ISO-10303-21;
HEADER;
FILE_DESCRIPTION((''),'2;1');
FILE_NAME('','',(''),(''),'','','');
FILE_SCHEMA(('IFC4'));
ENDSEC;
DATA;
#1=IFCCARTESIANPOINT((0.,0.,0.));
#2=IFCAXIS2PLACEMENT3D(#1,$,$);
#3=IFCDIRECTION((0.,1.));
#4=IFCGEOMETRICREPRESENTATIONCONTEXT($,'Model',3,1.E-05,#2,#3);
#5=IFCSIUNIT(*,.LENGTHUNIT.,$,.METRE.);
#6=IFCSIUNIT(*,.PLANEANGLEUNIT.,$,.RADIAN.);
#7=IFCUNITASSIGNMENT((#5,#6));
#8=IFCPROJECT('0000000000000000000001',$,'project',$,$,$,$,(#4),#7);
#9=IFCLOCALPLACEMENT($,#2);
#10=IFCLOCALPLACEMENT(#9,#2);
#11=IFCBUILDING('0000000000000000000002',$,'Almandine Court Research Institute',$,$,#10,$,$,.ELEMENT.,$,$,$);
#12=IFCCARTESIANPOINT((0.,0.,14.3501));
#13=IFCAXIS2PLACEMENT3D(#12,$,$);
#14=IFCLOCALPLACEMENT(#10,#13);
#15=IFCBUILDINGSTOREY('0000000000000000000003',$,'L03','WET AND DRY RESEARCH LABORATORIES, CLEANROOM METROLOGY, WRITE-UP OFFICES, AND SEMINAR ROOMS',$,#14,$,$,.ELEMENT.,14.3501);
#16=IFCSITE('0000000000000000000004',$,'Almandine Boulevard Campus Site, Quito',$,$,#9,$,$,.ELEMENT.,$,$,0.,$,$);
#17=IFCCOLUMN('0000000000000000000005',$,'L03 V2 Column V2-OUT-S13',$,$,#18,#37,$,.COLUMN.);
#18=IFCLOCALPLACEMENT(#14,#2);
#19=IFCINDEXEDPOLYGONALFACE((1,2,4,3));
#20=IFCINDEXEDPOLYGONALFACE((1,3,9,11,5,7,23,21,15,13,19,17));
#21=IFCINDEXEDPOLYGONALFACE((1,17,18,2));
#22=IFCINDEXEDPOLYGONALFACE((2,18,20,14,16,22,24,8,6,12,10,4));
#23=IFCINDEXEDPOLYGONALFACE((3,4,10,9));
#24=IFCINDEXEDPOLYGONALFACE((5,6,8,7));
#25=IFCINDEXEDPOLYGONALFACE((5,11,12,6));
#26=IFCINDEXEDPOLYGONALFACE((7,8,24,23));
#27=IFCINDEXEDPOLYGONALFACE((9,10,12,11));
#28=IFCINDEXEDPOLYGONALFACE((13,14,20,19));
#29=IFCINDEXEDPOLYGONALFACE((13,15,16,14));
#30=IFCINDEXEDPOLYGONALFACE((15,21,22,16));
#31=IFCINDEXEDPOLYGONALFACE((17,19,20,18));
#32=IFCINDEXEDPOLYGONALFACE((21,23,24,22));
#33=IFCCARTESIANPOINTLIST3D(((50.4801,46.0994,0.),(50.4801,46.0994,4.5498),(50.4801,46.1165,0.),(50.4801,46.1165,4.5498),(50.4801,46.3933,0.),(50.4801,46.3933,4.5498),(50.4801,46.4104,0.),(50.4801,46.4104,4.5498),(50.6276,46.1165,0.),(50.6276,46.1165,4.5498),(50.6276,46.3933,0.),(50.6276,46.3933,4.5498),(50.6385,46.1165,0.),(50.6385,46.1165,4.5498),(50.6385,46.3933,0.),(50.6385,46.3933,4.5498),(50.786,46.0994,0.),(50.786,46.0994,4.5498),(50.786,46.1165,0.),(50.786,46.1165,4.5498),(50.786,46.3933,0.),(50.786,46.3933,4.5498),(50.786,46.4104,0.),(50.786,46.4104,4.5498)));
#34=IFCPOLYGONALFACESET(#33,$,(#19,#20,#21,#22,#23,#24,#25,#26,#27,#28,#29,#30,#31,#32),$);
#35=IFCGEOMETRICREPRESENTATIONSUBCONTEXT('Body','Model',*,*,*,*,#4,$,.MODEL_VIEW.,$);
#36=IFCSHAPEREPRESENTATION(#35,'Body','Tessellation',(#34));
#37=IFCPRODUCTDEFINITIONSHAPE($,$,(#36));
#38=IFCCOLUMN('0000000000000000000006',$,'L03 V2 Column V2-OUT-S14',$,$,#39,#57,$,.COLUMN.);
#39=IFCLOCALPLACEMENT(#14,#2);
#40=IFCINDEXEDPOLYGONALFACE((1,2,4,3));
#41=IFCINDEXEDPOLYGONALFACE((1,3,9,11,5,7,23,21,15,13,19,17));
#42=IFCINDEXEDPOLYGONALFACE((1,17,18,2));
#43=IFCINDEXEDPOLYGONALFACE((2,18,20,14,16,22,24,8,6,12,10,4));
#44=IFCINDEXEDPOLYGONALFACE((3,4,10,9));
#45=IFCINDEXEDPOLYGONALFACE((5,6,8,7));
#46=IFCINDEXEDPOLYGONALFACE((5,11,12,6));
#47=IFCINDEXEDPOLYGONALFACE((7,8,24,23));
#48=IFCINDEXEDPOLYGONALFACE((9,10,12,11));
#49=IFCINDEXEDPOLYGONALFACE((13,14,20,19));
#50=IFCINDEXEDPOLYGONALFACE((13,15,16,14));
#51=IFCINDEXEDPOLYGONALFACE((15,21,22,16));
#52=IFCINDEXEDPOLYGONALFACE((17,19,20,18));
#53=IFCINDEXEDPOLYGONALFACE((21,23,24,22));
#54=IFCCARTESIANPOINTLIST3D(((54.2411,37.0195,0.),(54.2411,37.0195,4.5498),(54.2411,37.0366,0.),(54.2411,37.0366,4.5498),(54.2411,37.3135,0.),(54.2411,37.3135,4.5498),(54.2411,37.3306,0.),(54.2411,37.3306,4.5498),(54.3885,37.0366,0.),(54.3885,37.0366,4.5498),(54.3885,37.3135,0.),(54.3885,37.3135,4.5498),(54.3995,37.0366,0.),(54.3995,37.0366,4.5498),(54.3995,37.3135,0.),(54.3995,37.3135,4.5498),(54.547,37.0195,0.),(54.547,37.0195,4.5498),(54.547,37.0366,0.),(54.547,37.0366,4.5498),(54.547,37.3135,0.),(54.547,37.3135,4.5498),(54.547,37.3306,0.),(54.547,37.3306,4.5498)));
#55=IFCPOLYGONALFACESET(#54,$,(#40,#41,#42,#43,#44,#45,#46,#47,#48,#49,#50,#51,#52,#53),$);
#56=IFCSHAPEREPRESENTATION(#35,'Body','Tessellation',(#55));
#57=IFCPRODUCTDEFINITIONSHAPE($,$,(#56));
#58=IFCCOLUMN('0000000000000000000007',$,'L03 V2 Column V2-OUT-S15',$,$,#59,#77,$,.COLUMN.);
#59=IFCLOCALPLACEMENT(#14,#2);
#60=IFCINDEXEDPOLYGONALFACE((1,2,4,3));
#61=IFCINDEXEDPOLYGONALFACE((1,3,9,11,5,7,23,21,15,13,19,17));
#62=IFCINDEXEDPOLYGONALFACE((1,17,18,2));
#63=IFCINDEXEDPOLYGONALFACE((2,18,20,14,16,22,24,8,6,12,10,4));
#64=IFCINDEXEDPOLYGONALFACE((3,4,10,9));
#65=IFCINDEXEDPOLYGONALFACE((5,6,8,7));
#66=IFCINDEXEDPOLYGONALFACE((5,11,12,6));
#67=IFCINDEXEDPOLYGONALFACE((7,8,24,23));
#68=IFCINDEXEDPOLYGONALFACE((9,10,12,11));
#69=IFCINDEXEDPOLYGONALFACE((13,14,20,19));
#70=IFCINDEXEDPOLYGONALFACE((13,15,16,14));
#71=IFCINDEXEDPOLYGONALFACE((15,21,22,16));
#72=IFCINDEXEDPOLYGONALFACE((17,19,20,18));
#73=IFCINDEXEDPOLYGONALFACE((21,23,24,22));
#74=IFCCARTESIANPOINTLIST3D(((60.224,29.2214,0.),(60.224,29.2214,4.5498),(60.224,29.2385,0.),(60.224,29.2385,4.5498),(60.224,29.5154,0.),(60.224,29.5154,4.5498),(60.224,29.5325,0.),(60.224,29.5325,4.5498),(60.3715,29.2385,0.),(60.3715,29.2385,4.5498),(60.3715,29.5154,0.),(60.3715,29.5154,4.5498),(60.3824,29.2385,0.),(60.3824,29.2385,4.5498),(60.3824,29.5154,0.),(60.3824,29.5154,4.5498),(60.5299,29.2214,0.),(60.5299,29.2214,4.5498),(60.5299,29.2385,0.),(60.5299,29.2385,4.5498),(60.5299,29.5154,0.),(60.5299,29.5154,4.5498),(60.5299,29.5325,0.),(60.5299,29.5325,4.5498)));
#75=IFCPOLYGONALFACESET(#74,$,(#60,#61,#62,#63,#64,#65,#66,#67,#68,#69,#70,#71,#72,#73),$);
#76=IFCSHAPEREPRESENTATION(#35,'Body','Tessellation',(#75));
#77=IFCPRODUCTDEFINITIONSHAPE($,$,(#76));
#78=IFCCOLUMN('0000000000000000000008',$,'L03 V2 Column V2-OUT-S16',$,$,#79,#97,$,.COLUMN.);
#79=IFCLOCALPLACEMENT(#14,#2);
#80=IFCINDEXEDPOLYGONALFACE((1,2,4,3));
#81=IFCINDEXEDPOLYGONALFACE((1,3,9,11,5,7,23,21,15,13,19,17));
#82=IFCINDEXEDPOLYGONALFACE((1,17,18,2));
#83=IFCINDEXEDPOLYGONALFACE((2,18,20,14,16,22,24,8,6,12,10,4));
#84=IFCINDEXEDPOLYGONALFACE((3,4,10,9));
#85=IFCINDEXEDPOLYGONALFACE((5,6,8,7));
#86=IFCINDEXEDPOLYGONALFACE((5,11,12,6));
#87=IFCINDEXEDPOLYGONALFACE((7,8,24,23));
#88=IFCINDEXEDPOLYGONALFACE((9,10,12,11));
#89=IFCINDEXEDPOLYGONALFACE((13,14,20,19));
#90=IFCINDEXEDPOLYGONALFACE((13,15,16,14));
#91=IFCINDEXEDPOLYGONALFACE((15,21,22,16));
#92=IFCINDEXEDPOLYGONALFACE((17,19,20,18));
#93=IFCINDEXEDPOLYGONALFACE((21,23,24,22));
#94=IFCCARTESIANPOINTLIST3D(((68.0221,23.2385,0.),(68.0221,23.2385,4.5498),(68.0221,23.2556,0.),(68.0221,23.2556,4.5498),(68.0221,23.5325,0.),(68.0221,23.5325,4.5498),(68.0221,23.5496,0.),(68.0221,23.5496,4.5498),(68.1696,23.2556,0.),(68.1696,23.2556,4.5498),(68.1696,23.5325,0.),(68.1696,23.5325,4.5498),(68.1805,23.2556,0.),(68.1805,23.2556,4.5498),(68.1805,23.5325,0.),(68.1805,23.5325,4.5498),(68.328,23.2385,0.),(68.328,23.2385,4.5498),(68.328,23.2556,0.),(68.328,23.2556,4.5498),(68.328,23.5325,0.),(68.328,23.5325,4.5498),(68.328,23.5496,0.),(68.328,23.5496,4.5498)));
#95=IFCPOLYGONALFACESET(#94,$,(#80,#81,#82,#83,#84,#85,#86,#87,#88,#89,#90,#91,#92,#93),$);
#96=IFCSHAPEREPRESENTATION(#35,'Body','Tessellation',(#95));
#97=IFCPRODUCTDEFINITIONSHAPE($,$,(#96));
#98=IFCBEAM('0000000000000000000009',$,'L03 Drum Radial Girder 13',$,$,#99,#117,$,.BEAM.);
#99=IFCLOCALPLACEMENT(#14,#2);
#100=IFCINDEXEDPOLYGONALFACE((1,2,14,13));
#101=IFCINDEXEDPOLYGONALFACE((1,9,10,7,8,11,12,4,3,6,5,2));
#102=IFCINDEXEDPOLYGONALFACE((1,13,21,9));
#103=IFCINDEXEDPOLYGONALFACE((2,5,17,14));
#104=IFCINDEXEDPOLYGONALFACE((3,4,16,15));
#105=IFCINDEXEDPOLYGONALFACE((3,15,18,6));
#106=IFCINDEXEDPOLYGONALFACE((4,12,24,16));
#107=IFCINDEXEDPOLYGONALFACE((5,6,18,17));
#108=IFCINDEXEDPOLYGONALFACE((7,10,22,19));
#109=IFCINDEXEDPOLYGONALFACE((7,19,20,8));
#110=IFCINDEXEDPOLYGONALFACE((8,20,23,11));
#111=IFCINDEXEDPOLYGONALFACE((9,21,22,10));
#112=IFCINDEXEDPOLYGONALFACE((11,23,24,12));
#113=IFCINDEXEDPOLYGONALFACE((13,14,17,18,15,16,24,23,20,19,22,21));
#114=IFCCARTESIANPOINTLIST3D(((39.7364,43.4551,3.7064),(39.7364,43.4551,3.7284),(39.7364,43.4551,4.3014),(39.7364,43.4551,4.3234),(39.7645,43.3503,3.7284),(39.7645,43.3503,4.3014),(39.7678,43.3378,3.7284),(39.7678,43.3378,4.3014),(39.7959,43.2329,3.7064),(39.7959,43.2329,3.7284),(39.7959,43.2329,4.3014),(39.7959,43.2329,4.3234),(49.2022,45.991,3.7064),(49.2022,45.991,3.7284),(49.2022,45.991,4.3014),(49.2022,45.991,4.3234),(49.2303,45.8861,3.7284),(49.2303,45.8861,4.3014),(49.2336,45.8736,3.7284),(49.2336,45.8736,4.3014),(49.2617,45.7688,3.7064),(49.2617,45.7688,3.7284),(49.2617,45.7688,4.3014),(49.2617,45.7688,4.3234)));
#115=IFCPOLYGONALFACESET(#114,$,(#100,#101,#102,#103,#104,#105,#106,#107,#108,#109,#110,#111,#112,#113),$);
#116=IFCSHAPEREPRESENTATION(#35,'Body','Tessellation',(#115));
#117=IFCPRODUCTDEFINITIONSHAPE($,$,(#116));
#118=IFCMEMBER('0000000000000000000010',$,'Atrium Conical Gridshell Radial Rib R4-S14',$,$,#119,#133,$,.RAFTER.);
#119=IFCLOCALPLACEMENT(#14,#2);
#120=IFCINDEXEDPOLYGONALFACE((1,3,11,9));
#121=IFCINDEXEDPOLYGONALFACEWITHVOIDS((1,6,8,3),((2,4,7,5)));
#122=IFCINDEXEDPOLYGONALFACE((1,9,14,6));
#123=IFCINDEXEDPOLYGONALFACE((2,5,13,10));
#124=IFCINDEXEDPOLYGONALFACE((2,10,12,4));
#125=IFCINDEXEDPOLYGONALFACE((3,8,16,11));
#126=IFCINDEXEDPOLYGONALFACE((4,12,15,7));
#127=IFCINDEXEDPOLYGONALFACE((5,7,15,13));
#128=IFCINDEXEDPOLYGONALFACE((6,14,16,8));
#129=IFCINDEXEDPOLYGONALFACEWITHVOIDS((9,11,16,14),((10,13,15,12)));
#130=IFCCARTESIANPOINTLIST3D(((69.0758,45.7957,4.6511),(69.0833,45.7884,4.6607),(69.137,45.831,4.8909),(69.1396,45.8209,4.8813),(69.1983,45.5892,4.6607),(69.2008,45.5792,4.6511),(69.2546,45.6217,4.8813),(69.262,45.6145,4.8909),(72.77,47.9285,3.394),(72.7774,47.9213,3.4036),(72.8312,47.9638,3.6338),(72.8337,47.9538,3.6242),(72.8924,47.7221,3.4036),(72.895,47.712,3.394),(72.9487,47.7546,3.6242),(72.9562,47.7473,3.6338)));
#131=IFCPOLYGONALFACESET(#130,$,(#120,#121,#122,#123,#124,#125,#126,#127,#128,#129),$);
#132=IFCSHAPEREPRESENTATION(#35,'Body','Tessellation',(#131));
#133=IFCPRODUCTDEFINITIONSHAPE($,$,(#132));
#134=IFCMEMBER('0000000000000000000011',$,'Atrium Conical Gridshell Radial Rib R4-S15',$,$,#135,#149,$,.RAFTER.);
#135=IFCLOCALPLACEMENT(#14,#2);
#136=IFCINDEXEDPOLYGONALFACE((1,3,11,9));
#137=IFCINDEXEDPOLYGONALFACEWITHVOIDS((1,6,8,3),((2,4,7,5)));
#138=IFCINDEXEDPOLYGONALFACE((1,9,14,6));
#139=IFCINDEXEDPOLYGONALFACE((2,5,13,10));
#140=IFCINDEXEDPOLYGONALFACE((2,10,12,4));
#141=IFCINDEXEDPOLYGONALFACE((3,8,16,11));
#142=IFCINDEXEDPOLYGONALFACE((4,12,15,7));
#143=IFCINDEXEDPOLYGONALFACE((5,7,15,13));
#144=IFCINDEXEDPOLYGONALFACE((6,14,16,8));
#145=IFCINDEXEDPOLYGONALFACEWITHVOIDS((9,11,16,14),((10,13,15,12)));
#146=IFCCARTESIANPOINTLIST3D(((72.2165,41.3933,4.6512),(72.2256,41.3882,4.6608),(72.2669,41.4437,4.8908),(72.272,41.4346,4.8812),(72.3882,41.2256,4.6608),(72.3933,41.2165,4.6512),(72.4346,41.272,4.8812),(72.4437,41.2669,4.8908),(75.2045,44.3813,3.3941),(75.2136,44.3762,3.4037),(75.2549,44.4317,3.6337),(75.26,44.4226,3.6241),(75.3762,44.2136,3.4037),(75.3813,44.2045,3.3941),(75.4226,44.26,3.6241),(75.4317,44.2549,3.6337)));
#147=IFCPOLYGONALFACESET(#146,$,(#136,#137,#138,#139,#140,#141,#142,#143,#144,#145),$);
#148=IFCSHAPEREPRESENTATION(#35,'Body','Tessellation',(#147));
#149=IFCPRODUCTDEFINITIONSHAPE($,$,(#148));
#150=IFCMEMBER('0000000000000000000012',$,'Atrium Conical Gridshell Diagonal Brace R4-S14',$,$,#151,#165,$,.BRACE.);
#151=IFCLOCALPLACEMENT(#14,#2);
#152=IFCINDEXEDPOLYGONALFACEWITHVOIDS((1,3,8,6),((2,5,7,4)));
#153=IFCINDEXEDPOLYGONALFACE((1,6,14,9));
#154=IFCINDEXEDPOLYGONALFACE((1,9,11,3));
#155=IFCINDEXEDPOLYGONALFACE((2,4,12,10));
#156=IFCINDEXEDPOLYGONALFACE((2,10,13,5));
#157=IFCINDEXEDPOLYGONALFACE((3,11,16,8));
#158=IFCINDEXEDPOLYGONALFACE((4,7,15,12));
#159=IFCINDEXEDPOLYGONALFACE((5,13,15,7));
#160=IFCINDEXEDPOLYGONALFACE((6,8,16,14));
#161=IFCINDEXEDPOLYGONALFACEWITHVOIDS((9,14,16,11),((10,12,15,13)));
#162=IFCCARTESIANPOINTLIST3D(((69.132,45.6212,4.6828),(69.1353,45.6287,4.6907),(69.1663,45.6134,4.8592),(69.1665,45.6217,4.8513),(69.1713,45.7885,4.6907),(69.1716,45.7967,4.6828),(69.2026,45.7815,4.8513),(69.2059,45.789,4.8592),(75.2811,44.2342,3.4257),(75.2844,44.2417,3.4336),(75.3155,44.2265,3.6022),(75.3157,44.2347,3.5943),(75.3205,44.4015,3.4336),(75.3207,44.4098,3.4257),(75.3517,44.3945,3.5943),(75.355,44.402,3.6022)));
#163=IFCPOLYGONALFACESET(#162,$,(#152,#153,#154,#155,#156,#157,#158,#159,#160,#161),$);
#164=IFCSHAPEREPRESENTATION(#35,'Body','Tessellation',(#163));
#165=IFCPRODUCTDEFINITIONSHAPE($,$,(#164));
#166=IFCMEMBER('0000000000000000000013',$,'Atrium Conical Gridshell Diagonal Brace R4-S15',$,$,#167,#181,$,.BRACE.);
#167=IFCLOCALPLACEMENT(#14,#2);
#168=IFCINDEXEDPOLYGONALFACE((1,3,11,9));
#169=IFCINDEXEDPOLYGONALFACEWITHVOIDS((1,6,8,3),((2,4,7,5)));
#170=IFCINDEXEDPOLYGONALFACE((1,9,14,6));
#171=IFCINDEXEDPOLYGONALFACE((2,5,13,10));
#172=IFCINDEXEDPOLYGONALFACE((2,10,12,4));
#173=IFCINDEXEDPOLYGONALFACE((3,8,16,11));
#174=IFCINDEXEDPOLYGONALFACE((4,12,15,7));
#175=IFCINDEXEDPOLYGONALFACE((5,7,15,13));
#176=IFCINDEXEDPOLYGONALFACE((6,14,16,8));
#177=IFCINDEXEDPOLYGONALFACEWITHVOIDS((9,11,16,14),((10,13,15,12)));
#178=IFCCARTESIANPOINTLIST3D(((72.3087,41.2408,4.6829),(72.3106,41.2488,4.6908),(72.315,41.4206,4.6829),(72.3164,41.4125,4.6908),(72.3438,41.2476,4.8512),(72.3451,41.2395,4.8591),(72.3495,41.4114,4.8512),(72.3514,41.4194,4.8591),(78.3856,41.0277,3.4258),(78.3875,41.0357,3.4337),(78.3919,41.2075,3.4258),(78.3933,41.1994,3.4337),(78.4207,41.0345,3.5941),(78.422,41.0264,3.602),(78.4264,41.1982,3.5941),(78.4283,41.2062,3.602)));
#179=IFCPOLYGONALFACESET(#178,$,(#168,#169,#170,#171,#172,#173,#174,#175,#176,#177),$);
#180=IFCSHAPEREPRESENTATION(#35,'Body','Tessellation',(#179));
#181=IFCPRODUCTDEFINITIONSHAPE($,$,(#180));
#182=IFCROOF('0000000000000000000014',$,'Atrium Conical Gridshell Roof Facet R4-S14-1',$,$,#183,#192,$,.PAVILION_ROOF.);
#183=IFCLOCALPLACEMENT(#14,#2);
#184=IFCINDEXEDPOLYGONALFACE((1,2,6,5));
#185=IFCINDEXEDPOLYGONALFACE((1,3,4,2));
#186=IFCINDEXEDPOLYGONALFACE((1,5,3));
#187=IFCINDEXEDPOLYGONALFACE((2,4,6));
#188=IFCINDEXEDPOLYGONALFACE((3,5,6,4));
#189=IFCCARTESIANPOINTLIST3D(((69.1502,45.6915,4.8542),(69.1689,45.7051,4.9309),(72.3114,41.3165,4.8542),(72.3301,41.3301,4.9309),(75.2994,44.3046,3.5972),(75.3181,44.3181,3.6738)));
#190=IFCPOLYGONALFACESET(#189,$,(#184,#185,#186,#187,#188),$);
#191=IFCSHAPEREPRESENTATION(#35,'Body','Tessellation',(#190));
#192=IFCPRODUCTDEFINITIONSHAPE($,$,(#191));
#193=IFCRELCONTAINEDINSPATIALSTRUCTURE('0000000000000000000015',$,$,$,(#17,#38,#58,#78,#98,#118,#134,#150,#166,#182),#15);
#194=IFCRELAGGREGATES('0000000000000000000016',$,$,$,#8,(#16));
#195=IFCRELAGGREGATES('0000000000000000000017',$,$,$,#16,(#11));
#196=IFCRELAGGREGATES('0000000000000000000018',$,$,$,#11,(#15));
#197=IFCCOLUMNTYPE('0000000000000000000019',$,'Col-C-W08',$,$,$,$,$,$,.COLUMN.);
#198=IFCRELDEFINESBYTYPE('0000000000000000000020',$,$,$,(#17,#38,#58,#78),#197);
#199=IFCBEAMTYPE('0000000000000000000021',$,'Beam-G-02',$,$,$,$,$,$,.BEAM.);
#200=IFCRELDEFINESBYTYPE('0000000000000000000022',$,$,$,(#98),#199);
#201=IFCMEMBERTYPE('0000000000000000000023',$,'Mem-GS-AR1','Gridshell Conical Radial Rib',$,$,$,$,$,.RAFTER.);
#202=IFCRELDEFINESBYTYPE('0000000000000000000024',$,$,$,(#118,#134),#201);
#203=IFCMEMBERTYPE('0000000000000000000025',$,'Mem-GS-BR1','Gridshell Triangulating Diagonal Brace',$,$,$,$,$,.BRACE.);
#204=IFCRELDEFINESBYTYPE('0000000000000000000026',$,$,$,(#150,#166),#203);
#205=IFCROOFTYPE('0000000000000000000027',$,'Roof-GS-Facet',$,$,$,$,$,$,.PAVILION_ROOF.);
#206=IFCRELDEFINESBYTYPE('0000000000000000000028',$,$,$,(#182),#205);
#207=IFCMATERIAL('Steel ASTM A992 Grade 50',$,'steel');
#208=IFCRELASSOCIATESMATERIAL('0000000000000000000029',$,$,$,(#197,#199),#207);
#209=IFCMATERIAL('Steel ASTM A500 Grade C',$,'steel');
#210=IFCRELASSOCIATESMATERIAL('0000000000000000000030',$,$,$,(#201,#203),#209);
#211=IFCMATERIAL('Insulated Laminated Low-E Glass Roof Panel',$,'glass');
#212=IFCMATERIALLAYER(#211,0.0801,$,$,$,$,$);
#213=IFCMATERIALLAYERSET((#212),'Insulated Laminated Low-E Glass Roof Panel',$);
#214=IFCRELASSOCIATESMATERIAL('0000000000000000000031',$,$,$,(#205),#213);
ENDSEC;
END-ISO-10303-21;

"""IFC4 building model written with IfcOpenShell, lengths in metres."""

from ifc_helpers import new_model, si_unit, direction, frame, origin, origin_2d, place, context, subcontext, project, spatial, polyline, hollow_rectangle, i_section, outline, extrude, material, layer, layer_set, material_profile, profile_set, type_object, element, save


model = new_model("IFC4")

# Units and contexts
model_context = context("Model", 3, precision=1e-05, world=origin(), true_north=direction((0.0, 1.0)))
body_context = subcontext(model_context, "Body", "Model", "MODEL_VIEW")
ifc_project = project(units=[si_unit("LENGTHUNIT", "METRE"), si_unit("PLANEANGLEUNIT", "RADIAN")], contexts=[model_context])

# Site, building, storey
site_placement = place(None, origin())
site = spatial("IfcSite", under=ifc_project, at=site_placement, Name="Almandine Boulevard Campus Site, Quito", CompositionType="ELEMENT", RefElevation=0.0)
building_placement = place(site_placement, origin())
building = spatial("IfcBuilding", under=site, at=building_placement, Name="Almandine Court Research Institute", CompositionType="ELEMENT")
storey_placement = place(building_placement, frame((0.0, 0.0, 14.3501)))
storey = spatial("IfcBuildingStorey", under=building, at=storey_placement, Name="L03", Description="WET AND DRY RESEARCH LABORATORIES, CLEANROOM METROLOGY, WRITE-UP OFFICES, AND SEMINAR ROOMS", CompositionType="ELEMENT", Elevation=14.3501)

# Columns
ifc_material_1 = material(Name="Steel ASTM A992 Grade 50", Category="steel")
ifc_material_profile_1 = material_profile(ifc_material_1, i_section(OverallWidth=0.3059, OverallDepth=0.311, WebThickness=0.011, FlangeThickness=0.0171, at=origin_2d()), Name="W310x107")
ifc_profile_set_1 = profile_set([ifc_material_profile_1], Name="Steel ASTM A992 Grade 50")
column_type = type_object("IfcColumnType", Name="Col-C-W08", PredefinedType="COLUMN", material=ifc_profile_set_1)
for number, where, z_axis, x_axis, name in (
    (1, (50.6331, 46.2549, 0.0), (0.0, 0.0, 1.0), (1.0, 0.0, 0.0), "L03 V2 Column V2-OUT-S13"),
    (2, (54.394, 37.175, 0.0), (0.0, 0.0, 1.0), (1.0, 0.0, 0.0), "L03 V2 Column V2-OUT-S14"),
    (3, (60.377, 29.377, 0.0), (0.0, 0.0, 1.0), (1.0, 0.0, 0.0), "L03 V2 Column V2-OUT-S15"),
    (4, (68.175, 23.394, 0.0), (0.0, 0.0, 1.0), (1.0, 0.0, 0.0), "L03 V2 Column V2-OUT-S16"),
):
    element("IfcColumn", number, at=place(storey_placement, frame(where, z_axis=z_axis, x_axis=x_axis)), inside=storey, type_object=column_type, Name=name, PredefinedType="COLUMN", context=body_context, shape_type="SweptSolid", body=[
        extrude(i_section(OverallWidth=0.3059, OverallDepth=0.311, WebThickness=0.011, FlangeThickness=0.0171, at=origin_2d()), origin(), (0.0, 0.0, 1.0), 4.5498),
    ])

# Beam
ifc_material_profile_2 = material_profile(ifc_material_1, i_section(OverallWidth=0.23, OverallDepth=0.6169, WebThickness=0.0129, FlangeThickness=0.022, at=origin_2d()), Name="W610x140")
ifc_profile_set_2 = profile_set([ifc_material_profile_2], Name="Steel ASTM A992 Grade 50")
beam_type = type_object("IfcBeamType", Name="Beam-G-02", PredefinedType="BEAM", material=ifc_profile_set_2)
beam_placement = place(storey_placement, frame((49.2319, 45.8799, 4.0149), z_axis=(-0.965938, -0.258774, 0.0), x_axis=(0.258774, -0.965938, 0.0)))
element("IfcBeam", 5, at=beam_placement, inside=storey, type_object=beam_type, Name="L03 Drum Radial Girder 13", PredefinedType="BEAM", context=body_context, shape_type="SweptSolid", body=[
    extrude(i_section(OverallWidth=0.23, OverallDepth=0.6169, WebThickness=0.0129, FlangeThickness=0.022, at=origin_2d()), origin(), (0.0, 0.0, 1.0), 9.7996),
])

# Members
ifc_material_2 = material(Name="Steel ASTM A500 Grade C", Category="steel")
ifc_material_profile_3 = material_profile(ifc_material_2, hollow_rectangle(XDim=0.25, YDim=0.25, WallThickness=0.01, at=origin_2d()), Name="HSS 250x250x10")
ifc_profile_set_3 = profile_set([ifc_material_profile_3], Name="Steel ASTM A500 Grade C")
member_type_1 = type_object("IfcMemberType", Name="Mem-GS-AR1", Description="Gridshell Conical Radial Rib", PredefinedType="RAFTER", material=ifc_profile_set_3)
member_1_placement = place(storey_placement, frame((69.1689, 45.7051, 4.771), z_axis=(0.8307, 0.479611, -0.282683), x_axis=(-0.500005, 0.866023, 0.0)))
element("IfcMember", 6, at=member_1_placement, inside=storey, type_object=member_type_1, Name="Atrium Conical Gridshell Radial Rib R4-S14", PredefinedType="RAFTER", context=body_context, shape_type="SweptSolid", body=[
    extrude(hollow_rectangle(XDim=0.25, YDim=0.25, WallThickness=0.01, at=origin_2d()), origin(), (0.0, 0.0, 1.0), 4.447),
])
member_2_placement = place(storey_placement, frame((72.3301, 41.3301, 4.771), z_axis=(0.677753, 0.677753, -0.285134), x_axis=(-0.707107, 0.707107, 0.0)))
element("IfcMember", 7, at=member_2_placement, inside=storey, type_object=member_type_1, Name="Atrium Conical Gridshell Radial Rib R4-S15", PredefinedType="RAFTER", context=body_context, shape_type="SweptSolid", body=[
    extrude(hollow_rectangle(XDim=0.25, YDim=0.25, WallThickness=0.01, at=origin_2d()), origin(), (0.0, 0.0, 1.0), 4.4087),
])
ifc_material_profile_4 = material_profile(ifc_material_2, hollow_rectangle(XDim=0.1799, YDim=0.1799, WallThickness=0.0081, at=origin_2d()), Name="HSS 180x180x8")
ifc_profile_set_4 = profile_set([ifc_material_profile_4], Name="Steel ASTM A500 Grade C")
member_type_2 = type_object("IfcMemberType", Name="Mem-GS-BR1", Description="Gridshell Triangulating Diagonal Brace", PredefinedType="BRACE", material=ifc_profile_set_4)
member_3_placement = place(storey_placement, frame((69.1689, 45.7051, 4.771), z_axis=(0.956657, -0.215777, -0.19557), x_axis=(0.220025, 0.975494, 0.0)))
element("IfcMember", 8, at=member_3_placement, inside=storey, type_object=member_type_2, Name="Atrium Conical Gridshell Diagonal Brace R4-S14", PredefinedType="BRACE", context=body_context, shape_type="SweptSolid", body=[
    extrude(hollow_rectangle(XDim=0.1799, YDim=0.1799, WallThickness=0.0081, at=origin_2d()), origin(), (0.0, 0.0, 1.0), 6.4277),
])
member_4_placement = place(storey_placement, frame((72.3301, 41.3301, 4.771), z_axis=(0.97869, -0.034326, -0.202454), x_axis=(0.035051, 0.999386, 0.0)))
element("IfcMember", 9, at=member_4_placement, inside=storey, type_object=member_type_2, Name="Atrium Conical Gridshell Diagonal Brace R4-S15", PredefinedType="BRACE", context=body_context, shape_type="SweptSolid", body=[
    extrude(hollow_rectangle(XDim=0.1799, YDim=0.1799, WallThickness=0.0081, at=origin_2d()), origin(), (0.0, 0.0, 1.0), 6.2092),
])

# Roof
ifc_material_3 = material(Name="Insulated Laminated Low-E Glass Roof Panel", Category="glass")
ifc_layer = layer(ifc_material_3, 0.0801)
ifc_layer_set = layer_set([ifc_layer], Name="Insulated Laminated Low-E Glass Roof Panel")
roof_type = type_object("IfcRoofType", Name="Roof-GS-Facet", PredefinedType="PAVILION_ROOF", material=ifc_layer_set)
roof_1_placement = place(storey_placement, frame((69.1689, 45.7051, 4.9309), z_axis=(0.233849, 0.168966, 0.957478), x_axis=(0.585662, -0.810555, 0.0)))
element("IfcRoof", 10, at=roof_1_placement, inside=storey, type_object=roof_type, Name="Atrium Conical Gridshell Roof Facet R4-S14-1", PredefinedType="PAVILION_ROOF", context=body_context, shape_type="SweptSolid", body=[
    extrude(outline(polyline([(0.0, 0.0), (5.3975, 0.0), (4.7255, 4.3572), (0.0, 0.0)])), origin(), (0.0, 0.0, -1.0), 0.0801),
])

save(model, "model.ifc")
